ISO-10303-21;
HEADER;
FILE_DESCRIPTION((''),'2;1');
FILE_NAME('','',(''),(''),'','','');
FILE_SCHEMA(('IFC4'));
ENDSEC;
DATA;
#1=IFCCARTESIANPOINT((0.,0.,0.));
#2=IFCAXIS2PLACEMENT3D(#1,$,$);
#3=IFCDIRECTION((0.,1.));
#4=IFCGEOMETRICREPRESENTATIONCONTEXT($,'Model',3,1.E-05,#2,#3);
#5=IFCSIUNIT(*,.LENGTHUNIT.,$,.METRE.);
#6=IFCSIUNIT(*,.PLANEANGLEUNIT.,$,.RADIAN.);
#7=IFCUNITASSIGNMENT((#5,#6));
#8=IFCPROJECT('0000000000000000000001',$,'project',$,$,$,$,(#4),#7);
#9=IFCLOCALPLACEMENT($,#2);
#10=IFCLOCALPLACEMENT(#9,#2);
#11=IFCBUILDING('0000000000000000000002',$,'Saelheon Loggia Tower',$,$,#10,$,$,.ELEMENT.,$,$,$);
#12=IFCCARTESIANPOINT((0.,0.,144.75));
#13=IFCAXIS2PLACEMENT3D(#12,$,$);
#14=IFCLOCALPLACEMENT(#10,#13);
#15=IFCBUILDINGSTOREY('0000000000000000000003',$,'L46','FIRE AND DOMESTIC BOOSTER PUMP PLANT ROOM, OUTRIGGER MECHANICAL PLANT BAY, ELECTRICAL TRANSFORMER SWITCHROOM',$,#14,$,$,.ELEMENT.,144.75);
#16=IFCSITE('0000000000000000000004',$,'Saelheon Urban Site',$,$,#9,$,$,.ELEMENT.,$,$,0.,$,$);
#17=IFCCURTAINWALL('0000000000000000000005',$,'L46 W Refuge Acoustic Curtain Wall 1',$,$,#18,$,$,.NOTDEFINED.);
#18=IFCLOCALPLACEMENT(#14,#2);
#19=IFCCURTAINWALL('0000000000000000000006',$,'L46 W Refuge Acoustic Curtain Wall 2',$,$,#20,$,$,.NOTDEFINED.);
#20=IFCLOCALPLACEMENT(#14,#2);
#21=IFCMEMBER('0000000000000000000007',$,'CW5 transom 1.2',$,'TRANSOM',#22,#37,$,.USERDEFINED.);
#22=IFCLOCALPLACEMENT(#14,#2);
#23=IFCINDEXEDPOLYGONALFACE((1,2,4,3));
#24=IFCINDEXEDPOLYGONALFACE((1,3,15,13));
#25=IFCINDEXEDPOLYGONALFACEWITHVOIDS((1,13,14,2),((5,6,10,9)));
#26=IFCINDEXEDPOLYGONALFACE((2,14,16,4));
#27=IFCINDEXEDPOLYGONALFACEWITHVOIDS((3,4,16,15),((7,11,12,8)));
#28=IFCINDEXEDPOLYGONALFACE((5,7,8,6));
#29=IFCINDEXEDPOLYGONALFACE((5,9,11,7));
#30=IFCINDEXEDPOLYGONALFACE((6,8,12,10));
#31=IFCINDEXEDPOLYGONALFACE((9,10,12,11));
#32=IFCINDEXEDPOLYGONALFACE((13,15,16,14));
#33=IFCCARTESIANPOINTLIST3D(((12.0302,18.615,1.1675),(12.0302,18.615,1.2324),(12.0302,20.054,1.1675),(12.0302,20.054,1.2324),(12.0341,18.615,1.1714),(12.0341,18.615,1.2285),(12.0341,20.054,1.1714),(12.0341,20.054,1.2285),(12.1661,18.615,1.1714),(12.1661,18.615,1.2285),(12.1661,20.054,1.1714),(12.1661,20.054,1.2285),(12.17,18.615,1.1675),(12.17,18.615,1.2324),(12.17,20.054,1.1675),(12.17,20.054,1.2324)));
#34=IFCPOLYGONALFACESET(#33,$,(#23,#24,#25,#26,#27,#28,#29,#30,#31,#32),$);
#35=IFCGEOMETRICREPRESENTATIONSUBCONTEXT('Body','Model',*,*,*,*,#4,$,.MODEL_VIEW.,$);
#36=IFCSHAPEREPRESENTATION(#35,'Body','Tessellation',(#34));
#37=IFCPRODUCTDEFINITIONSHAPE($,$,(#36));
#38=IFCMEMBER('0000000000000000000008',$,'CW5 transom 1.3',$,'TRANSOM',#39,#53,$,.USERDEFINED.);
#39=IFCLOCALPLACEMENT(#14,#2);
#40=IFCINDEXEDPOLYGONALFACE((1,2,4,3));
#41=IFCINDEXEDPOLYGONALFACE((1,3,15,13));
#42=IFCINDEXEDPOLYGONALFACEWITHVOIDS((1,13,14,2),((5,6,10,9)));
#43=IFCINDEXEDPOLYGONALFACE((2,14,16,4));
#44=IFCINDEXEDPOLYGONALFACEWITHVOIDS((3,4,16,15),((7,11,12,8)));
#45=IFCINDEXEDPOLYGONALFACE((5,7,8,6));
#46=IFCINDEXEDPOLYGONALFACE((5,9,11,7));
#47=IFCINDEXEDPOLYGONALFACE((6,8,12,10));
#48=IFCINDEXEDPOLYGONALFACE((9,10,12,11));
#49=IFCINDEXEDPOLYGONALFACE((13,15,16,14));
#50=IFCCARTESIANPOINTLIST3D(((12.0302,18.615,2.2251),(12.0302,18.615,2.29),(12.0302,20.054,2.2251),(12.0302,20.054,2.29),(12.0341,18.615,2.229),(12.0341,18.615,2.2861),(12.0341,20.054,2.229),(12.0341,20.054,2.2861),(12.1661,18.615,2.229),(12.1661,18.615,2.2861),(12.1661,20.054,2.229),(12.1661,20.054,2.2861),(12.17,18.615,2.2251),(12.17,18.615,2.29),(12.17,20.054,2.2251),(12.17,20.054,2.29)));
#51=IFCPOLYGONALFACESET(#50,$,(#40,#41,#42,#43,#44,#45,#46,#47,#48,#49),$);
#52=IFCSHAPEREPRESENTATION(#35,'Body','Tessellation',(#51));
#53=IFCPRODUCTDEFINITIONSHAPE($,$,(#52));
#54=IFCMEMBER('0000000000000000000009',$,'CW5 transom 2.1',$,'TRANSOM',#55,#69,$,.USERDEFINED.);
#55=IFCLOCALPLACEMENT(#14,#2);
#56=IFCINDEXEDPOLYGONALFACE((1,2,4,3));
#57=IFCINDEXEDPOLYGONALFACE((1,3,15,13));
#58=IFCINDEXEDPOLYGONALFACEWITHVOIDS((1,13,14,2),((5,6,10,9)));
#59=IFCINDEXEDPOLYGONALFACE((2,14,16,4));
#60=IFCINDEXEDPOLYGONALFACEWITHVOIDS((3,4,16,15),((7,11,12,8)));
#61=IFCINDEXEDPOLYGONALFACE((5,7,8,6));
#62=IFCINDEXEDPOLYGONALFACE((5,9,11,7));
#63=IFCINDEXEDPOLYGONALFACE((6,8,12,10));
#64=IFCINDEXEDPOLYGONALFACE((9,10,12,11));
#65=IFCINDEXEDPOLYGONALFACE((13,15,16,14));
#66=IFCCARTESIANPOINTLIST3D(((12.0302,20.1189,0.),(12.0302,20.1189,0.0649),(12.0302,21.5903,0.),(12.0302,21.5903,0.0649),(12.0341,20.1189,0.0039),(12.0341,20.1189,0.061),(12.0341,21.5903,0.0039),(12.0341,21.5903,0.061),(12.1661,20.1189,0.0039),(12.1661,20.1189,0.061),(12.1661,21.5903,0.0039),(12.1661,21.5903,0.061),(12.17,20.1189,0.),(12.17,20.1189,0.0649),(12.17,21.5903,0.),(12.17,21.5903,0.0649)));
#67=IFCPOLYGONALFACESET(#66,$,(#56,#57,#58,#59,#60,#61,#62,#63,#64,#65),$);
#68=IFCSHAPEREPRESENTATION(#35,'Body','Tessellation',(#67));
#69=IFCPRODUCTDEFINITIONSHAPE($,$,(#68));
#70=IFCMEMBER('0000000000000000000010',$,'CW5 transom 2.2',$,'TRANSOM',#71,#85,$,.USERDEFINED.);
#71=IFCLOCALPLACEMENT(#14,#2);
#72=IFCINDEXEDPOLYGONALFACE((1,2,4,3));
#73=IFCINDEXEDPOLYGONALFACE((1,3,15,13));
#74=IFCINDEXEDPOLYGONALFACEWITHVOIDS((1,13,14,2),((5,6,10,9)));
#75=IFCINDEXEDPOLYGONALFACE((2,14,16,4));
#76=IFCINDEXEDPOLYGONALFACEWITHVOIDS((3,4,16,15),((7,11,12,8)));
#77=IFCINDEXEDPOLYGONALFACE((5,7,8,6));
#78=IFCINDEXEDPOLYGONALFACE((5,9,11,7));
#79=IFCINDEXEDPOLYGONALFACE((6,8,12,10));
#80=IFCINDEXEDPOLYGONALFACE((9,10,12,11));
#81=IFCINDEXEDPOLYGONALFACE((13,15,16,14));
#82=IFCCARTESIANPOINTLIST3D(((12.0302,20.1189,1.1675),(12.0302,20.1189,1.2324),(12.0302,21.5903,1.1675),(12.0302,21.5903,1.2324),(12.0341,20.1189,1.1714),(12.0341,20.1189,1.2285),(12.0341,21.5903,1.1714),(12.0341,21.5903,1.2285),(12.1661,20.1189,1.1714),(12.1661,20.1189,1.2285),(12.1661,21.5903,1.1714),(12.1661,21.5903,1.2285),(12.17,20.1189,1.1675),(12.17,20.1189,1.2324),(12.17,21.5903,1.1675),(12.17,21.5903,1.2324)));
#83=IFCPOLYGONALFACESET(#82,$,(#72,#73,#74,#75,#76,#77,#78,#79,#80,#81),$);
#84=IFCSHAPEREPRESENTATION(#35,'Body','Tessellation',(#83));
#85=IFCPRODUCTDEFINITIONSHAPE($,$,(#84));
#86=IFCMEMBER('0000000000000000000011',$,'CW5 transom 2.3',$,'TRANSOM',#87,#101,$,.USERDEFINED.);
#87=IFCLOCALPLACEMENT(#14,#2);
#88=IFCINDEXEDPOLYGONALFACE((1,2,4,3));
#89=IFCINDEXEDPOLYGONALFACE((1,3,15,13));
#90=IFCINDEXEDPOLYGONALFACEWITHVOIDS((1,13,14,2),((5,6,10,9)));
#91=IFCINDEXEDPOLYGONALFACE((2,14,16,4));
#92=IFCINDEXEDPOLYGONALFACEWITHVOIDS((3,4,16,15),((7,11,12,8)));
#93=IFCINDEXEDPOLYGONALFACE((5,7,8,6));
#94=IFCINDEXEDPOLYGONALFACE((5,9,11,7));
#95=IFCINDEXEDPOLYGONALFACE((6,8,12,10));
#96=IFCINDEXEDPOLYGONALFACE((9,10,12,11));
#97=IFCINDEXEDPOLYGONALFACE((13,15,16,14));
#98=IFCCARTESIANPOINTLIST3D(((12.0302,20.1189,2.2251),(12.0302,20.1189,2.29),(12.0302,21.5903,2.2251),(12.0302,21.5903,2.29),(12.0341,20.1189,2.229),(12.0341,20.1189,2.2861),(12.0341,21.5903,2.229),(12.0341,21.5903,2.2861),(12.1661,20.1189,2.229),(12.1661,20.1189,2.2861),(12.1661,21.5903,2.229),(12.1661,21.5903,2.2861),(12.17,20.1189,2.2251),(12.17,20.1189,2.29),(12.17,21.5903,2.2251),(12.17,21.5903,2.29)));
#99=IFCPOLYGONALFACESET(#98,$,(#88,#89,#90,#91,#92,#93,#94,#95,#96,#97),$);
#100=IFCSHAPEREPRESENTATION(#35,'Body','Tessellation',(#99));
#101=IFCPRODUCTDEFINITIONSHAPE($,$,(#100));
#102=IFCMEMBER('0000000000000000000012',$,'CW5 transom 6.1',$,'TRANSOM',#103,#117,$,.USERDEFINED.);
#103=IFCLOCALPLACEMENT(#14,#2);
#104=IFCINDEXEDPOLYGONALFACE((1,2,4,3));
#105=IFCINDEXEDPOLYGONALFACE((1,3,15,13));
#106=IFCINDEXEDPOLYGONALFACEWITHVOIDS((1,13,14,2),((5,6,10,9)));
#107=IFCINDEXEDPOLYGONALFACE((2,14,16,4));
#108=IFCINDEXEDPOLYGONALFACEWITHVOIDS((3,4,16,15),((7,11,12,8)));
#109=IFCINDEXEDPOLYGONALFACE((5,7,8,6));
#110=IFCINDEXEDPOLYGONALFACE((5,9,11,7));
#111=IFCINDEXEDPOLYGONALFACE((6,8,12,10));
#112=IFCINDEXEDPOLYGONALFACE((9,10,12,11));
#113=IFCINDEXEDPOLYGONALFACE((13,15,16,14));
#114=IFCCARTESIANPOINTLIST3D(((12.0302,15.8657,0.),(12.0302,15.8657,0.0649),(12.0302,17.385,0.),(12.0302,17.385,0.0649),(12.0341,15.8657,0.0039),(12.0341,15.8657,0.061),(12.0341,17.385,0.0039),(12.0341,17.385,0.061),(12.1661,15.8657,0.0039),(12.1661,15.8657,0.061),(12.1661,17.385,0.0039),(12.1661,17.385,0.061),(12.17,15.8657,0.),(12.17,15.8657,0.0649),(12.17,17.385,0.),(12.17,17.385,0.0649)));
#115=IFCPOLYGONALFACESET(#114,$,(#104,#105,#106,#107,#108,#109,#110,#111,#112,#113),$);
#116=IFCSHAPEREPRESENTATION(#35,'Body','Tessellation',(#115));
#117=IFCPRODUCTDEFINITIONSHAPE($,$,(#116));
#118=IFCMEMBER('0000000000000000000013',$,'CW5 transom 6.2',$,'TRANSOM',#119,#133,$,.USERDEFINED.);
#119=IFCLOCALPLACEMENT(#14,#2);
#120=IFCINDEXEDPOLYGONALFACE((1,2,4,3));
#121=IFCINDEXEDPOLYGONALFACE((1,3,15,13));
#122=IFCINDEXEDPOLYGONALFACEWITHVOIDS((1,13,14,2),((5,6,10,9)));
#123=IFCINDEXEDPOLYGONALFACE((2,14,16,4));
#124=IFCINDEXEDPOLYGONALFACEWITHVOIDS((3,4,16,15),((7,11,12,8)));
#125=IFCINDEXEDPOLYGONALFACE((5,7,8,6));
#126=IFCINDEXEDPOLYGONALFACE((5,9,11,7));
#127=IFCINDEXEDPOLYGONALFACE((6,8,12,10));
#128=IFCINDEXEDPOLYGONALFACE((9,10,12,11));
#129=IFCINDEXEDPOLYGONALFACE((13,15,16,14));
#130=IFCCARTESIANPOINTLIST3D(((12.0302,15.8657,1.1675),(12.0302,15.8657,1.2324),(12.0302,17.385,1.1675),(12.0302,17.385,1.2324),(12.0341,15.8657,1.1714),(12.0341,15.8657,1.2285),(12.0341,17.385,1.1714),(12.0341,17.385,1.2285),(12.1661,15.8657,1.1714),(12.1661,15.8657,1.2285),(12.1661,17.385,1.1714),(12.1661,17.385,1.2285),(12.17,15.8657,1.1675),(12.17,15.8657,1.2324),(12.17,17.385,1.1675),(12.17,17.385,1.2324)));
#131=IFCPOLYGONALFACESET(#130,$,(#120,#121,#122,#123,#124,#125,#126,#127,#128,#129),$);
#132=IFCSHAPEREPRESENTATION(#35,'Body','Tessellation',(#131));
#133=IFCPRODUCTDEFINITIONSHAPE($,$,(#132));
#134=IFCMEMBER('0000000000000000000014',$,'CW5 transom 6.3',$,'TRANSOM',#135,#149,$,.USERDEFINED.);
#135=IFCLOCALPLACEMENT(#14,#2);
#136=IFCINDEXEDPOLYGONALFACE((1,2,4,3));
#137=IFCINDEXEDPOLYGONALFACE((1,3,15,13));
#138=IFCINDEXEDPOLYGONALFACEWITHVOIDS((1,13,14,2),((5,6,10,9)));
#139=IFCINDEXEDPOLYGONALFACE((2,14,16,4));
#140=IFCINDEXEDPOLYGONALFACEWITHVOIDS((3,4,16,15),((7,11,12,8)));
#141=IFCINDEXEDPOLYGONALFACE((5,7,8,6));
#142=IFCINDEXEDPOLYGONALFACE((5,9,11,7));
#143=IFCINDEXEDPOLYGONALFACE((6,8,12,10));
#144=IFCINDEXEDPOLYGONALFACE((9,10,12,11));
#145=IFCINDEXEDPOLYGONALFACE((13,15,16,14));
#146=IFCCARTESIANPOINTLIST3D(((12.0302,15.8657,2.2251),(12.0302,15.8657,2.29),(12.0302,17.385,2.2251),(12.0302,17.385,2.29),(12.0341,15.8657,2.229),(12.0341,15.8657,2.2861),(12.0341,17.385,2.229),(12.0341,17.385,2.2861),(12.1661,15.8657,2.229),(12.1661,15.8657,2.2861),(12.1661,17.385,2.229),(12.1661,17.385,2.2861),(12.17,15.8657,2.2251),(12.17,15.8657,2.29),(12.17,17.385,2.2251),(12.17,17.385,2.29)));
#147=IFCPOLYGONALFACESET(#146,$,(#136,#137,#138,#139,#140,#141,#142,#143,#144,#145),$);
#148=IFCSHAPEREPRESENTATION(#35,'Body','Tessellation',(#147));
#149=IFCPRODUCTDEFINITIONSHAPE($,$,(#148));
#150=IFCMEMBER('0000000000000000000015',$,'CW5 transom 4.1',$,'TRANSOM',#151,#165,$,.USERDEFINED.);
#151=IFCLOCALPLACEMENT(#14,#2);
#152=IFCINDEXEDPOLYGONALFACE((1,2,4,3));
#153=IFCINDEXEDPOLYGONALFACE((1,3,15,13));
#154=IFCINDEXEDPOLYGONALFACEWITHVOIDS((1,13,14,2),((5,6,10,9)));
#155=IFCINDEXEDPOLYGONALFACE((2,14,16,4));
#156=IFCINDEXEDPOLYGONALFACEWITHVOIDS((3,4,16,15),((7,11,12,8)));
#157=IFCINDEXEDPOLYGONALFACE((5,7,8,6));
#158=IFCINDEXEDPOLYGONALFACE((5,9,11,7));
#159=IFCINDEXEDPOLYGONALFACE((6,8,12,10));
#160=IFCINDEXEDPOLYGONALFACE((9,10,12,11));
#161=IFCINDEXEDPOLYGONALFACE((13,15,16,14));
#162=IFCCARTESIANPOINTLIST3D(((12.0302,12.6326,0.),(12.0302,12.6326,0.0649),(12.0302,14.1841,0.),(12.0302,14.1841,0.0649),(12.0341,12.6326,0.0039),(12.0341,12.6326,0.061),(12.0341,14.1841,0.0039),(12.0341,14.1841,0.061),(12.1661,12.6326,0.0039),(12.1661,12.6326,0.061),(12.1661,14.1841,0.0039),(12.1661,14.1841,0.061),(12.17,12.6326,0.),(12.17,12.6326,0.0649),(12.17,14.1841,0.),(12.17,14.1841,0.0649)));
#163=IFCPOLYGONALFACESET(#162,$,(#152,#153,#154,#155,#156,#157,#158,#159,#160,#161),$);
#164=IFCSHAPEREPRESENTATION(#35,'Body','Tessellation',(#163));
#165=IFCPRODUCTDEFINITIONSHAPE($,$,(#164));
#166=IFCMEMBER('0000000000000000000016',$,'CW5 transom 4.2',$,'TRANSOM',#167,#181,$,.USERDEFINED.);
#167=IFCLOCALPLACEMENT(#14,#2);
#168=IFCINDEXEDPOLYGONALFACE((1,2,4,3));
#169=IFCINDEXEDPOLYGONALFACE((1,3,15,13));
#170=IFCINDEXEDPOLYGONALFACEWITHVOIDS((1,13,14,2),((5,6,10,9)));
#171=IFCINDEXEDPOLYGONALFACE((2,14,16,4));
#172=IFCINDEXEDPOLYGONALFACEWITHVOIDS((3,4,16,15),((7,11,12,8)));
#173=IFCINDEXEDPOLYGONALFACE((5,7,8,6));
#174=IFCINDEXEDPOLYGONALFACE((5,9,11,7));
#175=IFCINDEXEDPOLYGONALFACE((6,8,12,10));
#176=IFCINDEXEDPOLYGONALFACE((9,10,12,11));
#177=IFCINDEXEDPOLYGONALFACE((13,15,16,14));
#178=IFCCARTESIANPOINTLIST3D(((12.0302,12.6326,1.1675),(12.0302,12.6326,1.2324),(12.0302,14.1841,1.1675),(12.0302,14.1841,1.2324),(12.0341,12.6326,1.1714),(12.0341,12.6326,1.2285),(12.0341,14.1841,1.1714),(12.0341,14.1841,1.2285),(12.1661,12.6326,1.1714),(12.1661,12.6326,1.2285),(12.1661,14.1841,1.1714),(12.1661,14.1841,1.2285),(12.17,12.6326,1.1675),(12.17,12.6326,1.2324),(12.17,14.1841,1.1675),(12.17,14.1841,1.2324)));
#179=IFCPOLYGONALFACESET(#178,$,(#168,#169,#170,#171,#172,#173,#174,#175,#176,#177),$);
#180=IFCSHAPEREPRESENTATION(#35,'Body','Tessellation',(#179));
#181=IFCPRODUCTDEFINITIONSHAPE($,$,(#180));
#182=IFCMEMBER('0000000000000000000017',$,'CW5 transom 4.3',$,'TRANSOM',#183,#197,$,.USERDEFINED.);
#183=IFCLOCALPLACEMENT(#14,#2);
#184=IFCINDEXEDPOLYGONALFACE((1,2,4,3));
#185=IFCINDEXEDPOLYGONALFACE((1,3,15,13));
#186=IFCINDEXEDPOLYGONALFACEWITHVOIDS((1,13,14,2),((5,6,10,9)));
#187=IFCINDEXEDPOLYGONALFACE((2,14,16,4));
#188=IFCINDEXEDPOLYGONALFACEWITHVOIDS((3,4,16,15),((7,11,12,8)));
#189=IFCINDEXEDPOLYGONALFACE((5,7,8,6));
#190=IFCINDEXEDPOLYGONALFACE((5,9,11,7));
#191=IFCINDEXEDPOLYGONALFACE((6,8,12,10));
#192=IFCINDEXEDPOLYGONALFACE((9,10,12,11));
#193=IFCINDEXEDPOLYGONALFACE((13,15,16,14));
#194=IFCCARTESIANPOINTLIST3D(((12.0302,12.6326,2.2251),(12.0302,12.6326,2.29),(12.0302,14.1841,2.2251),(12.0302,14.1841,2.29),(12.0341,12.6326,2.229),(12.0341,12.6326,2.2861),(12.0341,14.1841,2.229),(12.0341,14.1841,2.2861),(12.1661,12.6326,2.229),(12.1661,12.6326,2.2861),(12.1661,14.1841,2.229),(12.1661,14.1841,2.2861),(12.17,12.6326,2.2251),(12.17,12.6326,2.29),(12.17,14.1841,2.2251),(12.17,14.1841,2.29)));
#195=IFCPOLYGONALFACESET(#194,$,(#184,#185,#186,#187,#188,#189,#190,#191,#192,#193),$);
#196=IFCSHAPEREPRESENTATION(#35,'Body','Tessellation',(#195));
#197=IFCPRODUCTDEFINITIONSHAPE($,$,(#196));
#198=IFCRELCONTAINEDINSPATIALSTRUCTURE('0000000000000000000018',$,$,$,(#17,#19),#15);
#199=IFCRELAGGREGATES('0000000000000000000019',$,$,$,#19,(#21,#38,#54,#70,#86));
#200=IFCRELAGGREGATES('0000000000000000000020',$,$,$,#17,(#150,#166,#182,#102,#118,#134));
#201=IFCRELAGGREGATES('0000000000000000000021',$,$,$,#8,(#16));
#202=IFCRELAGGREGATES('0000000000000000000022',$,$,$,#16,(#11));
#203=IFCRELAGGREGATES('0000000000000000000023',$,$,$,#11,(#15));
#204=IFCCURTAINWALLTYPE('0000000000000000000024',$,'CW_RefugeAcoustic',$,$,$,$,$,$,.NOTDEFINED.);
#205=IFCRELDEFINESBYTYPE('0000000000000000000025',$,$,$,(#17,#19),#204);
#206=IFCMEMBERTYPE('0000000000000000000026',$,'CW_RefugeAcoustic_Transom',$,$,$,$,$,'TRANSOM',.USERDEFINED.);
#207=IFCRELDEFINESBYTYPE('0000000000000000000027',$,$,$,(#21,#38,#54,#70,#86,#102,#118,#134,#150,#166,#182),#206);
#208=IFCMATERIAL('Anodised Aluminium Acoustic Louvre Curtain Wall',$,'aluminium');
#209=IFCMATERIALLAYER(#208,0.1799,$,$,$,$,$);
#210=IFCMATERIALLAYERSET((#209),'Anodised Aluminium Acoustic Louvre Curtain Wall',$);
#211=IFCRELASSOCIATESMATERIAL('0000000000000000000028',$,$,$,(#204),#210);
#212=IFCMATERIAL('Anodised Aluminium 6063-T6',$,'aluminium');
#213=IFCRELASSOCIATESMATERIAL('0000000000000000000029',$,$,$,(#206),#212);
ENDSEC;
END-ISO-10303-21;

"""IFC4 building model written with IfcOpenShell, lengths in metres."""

from ifc_helpers import new_model, si_unit, direction, frame, origin, origin_2d, place, context, subcontext, project, spatial, hollow_rectangle, extrude, source, transform, mapped, material, layer, layer_set, material_profile, profile_set, type_object, element, aggregate, save


model = new_model("IFC4")

# Units and contexts
model_context = context("Model", 3, precision=1e-05, world=origin(), true_north=direction((0.0, 1.0)))
body_context = subcontext(model_context, "Body", "Model", "MODEL_VIEW")
ifc_project = project(units=[si_unit("LENGTHUNIT", "METRE"), si_unit("PLANEANGLEUNIT", "RADIAN")], contexts=[model_context])

# Site, building, storey
site_placement = place(None, origin())
site = spatial("IfcSite", under=ifc_project, at=site_placement, Name="Saelheon Urban Site", CompositionType="ELEMENT", RefElevation=0.0)
building_placement = place(site_placement, origin())
building = spatial("IfcBuilding", under=site, at=building_placement, Name="Saelheon Loggia Tower", CompositionType="ELEMENT")
storey_placement = place(building_placement, frame((0.0, 0.0, 144.75)))
storey = spatial("IfcBuildingStorey", under=building, at=storey_placement, Name="L46", Description="FIRE AND DOMESTIC BOOSTER PUMP PLANT ROOM, OUTRIGGER MECHANICAL PLANT BAY, ELECTRICAL TRANSFORMER SWITCHROOM", CompositionType="ELEMENT", Elevation=144.75)

# Curtain walls, members
ifc_material_1 = material(Name="Anodised Aluminium Acoustic Louvre Curtain Wall", Category="aluminium")
ifc_layer_1 = layer(ifc_material_1, 0.1799)
ifc_layer_set_1 = layer_set([ifc_layer_1], Name="Anodised Aluminium Acoustic Louvre Curtain Wall")
curtain_wall_type = type_object("IfcCurtainWallType", Name="CW_RefugeAcoustic", PredefinedType="NOTDEFINED", material=ifc_layer_set_1)
curtain_wall_1_placement = place(storey_placement, origin())
curtain_wall_1 = element("IfcCurtainWall", 1, at=curtain_wall_1_placement, inside=storey, type_object=curtain_wall_type, Name="L46 W Refuge Acoustic Curtain Wall 1", PredefinedType="NOTDEFINED")
ifc_material_2 = material(Name="Anodised Aluminium 6063-T6", Category="aluminium")
curtain_wall_2_placement = place(storey_placement, origin())
curtain_wall_2 = element("IfcCurtainWall", 2, at=curtain_wall_2_placement, inside=storey, type_object=curtain_wall_type, Name="L46 W Refuge Acoustic Curtain Wall 2", PredefinedType="NOTDEFINED")
ifc_material_profile_1 = material_profile(ifc_material_2, hollow_rectangle(XDim=0.0649, YDim=0.1399, WallThickness=0.0039, at=origin_2d()), Name="RHS-140x65x4")
ifc_profile_set_1 = profile_set([ifc_material_profile_1], Name="Anodised Aluminium 6063-T6")
member_type_1 = type_object("IfcMemberType", Name="CW_RefugeAcoustic_Transom", ElementType="TRANSOM", PredefinedType="USERDEFINED", material=ifc_profile_set_1)
shared_shape_1 = source(origin(), body_context, "Body", "SweptSolid", [
    extrude(hollow_rectangle(XDim=0.0649, YDim=0.1399, WallThickness=0.0039, at=origin_2d()), origin(), (0.0, 0.0, 1.0), 1.439),
])
member_1_placement = place(storey_placement, frame((12.1001, 18.615, 1.2), z_axis=(0.0, 1.0, 0.0), x_axis=(0.0, 0.0, 1.0)))
member_1 = element("IfcMember", 3, at=member_1_placement, type_object=member_type_1, Name="CW5 transom 1.2", ObjectType="TRANSOM", PredefinedType="USERDEFINED", context=body_context, shape_type="MappedRepresentation", body=[
    mapped(shared_shape_1, transform((0.0, 0.0, 0.0), scale=1.0)),
])
member_2_placement = place(storey_placement, frame((12.1001, 18.615, 2.2576), z_axis=(0.0, 1.0, 0.0), x_axis=(0.0, 0.0, 1.0)))
member_2 = element("IfcMember", 4, at=member_2_placement, type_object=member_type_1, Name="CW5 transom 1.3", ObjectType="TRANSOM", PredefinedType="USERDEFINED", context=body_context, shape_type="MappedRepresentation", body=[
    mapped(shared_shape_1, transform((0.0, 0.0, 0.0), scale=1.0)),
])
shared_shape_2 = source(origin(), body_context, "Body", "SweptSolid", [
    extrude(hollow_rectangle(XDim=0.0649, YDim=0.1399, WallThickness=0.0039, at=origin_2d()), origin(), (0.0, 0.0, 1.0), 1.4714),
])
member_3_placement = place(storey_placement, frame((12.1001, 20.1189, 0.0325), z_axis=(0.0, 1.0, 0.0), x_axis=(0.0, 0.0, 1.0)))
member_3 = element("IfcMember", 5, at=member_3_placement, type_object=member_type_1, Name="CW5 transom 2.1", ObjectType="TRANSOM", PredefinedType="USERDEFINED", context=body_context, shape_type="MappedRepresentation", body=[
    mapped(shared_shape_2, transform((0.0, 0.0, 0.0), scale=1.0)),
])
member_4_placement = place(storey_placement, frame((12.1001, 20.1189, 1.2), z_axis=(0.0, 1.0, 0.0), x_axis=(0.0, 0.0, 1.0)))
member_4 = element("IfcMember", 6, at=member_4_placement, type_object=member_type_1, Name="CW5 transom 2.2", ObjectType="TRANSOM", PredefinedType="USERDEFINED", context=body_context, shape_type="MappedRepresentation", body=[
    mapped(shared_shape_2, transform((0.0, 0.0, 0.0), scale=1.0)),
])
member_5_placement = place(storey_placement, frame((12.1001, 20.1189, 2.2576), z_axis=(0.0, 1.0, 0.0), x_axis=(0.0, 0.0, 1.0)))
member_5 = element("IfcMember", 7, at=member_5_placement, type_object=member_type_1, Name="CW5 transom 2.3", ObjectType="TRANSOM", PredefinedType="USERDEFINED", context=body_context, shape_type="MappedRepresentation", body=[
    mapped(shared_shape_2, transform((0.0, 0.0, 0.0), scale=1.0)),
])

# Members
shared_shape_3 = source(origin(), body_context, "Body", "SweptSolid", [
    extrude(hollow_rectangle(XDim=0.0649, YDim=0.1399, WallThickness=0.0039, at=origin_2d()), origin(), (0.0, 0.0, 1.0), 1.5193),
])
member_6_placement = place(storey_placement, frame((12.1001, 15.8657, 0.0325), z_axis=(0.0, 1.0, 0.0), x_axis=(0.0, 0.0, 1.0)))
member_6 = element("IfcMember", 8, at=member_6_placement, type_object=member_type_1, Name="CW5 transom 6.1", ObjectType="TRANSOM", PredefinedType="USERDEFINED", context=body_context, shape_type="MappedRepresentation", body=[
    mapped(shared_shape_3, transform((0.0, 0.0, 0.0), scale=1.0)),
])
member_7_placement = place(storey_placement, frame((12.1001, 15.8657, 1.2), z_axis=(0.0, 1.0, 0.0), x_axis=(0.0, 0.0, 1.0)))
member_7 = element("IfcMember", 9, at=member_7_placement, type_object=member_type_1, Name="CW5 transom 6.2", ObjectType="TRANSOM", PredefinedType="USERDEFINED", context=body_context, shape_type="MappedRepresentation", body=[
    mapped(shared_shape_3, transform((0.0, 0.0, 0.0), scale=1.0)),
])
member_8_placement = place(storey_placement, frame((12.1001, 15.8657, 2.2576), z_axis=(0.0, 1.0, 0.0), x_axis=(0.0, 0.0, 1.0)))
member_8 = element("IfcMember", 10, at=member_8_placement, type_object=member_type_1, Name="CW5 transom 6.3", ObjectType="TRANSOM", PredefinedType="USERDEFINED", context=body_context, shape_type="MappedRepresentation", body=[
    mapped(shared_shape_3, transform((0.0, 0.0, 0.0), scale=1.0)),
])
shared_shape_4 = source(origin(), body_context, "Body", "SweptSolid", [
    extrude(hollow_rectangle(XDim=0.0649, YDim=0.1399, WallThickness=0.0039, at=origin_2d()), origin(), (0.0, 0.0, 1.0), 1.5515),
])
member_9_placement = place(storey_placement, frame((12.1001, 12.6326, 0.0325), z_axis=(0.0, 1.0, 0.0), x_axis=(0.0, 0.0, 1.0)))
member_9 = element("IfcMember", 11, at=member_9_placement, type_object=member_type_1, Name="CW5 transom 4.1", ObjectType="TRANSOM", PredefinedType="USERDEFINED", context=body_context, shape_type="MappedRepresentation", body=[
    mapped(shared_shape_4, transform((0.0, 0.0, 0.0), scale=1.0)),
])
member_10_placement = place(storey_placement, frame((12.1001, 12.6326, 1.2), z_axis=(0.0, 1.0, 0.0), x_axis=(0.0, 0.0, 1.0)))
member_10 = element("IfcMember", 12, at=member_10_placement, type_object=member_type_1, Name="CW5 transom 4.2", ObjectType="TRANSOM", PredefinedType="USERDEFINED", context=body_context, shape_type="MappedRepresentation", body=[
    mapped(shared_shape_4, transform((0.0, 0.0, 0.0), scale=1.0)),
])
member_11_placement = place(storey_placement, frame((12.1001, 12.6326, 2.2576), z_axis=(0.0, 1.0, 0.0), x_axis=(0.0, 0.0, 1.0)))
member_11 = element("IfcMember", 13, at=member_11_placement, type_object=member_type_1, Name="CW5 transom 4.3", ObjectType="TRANSOM", PredefinedType="USERDEFINED", context=body_context, shape_type="MappedRepresentation", body=[
    mapped(shared_shape_4, transform((0.0, 0.0, 0.0), scale=1.0)),
])

aggregate(curtain_wall_2, [member_1, member_2, member_3, member_4, member_5])
aggregate(curtain_wall_1, [member_9, member_10, member_11, member_6, member_7, member_8])

save(model, "model.ifc")
